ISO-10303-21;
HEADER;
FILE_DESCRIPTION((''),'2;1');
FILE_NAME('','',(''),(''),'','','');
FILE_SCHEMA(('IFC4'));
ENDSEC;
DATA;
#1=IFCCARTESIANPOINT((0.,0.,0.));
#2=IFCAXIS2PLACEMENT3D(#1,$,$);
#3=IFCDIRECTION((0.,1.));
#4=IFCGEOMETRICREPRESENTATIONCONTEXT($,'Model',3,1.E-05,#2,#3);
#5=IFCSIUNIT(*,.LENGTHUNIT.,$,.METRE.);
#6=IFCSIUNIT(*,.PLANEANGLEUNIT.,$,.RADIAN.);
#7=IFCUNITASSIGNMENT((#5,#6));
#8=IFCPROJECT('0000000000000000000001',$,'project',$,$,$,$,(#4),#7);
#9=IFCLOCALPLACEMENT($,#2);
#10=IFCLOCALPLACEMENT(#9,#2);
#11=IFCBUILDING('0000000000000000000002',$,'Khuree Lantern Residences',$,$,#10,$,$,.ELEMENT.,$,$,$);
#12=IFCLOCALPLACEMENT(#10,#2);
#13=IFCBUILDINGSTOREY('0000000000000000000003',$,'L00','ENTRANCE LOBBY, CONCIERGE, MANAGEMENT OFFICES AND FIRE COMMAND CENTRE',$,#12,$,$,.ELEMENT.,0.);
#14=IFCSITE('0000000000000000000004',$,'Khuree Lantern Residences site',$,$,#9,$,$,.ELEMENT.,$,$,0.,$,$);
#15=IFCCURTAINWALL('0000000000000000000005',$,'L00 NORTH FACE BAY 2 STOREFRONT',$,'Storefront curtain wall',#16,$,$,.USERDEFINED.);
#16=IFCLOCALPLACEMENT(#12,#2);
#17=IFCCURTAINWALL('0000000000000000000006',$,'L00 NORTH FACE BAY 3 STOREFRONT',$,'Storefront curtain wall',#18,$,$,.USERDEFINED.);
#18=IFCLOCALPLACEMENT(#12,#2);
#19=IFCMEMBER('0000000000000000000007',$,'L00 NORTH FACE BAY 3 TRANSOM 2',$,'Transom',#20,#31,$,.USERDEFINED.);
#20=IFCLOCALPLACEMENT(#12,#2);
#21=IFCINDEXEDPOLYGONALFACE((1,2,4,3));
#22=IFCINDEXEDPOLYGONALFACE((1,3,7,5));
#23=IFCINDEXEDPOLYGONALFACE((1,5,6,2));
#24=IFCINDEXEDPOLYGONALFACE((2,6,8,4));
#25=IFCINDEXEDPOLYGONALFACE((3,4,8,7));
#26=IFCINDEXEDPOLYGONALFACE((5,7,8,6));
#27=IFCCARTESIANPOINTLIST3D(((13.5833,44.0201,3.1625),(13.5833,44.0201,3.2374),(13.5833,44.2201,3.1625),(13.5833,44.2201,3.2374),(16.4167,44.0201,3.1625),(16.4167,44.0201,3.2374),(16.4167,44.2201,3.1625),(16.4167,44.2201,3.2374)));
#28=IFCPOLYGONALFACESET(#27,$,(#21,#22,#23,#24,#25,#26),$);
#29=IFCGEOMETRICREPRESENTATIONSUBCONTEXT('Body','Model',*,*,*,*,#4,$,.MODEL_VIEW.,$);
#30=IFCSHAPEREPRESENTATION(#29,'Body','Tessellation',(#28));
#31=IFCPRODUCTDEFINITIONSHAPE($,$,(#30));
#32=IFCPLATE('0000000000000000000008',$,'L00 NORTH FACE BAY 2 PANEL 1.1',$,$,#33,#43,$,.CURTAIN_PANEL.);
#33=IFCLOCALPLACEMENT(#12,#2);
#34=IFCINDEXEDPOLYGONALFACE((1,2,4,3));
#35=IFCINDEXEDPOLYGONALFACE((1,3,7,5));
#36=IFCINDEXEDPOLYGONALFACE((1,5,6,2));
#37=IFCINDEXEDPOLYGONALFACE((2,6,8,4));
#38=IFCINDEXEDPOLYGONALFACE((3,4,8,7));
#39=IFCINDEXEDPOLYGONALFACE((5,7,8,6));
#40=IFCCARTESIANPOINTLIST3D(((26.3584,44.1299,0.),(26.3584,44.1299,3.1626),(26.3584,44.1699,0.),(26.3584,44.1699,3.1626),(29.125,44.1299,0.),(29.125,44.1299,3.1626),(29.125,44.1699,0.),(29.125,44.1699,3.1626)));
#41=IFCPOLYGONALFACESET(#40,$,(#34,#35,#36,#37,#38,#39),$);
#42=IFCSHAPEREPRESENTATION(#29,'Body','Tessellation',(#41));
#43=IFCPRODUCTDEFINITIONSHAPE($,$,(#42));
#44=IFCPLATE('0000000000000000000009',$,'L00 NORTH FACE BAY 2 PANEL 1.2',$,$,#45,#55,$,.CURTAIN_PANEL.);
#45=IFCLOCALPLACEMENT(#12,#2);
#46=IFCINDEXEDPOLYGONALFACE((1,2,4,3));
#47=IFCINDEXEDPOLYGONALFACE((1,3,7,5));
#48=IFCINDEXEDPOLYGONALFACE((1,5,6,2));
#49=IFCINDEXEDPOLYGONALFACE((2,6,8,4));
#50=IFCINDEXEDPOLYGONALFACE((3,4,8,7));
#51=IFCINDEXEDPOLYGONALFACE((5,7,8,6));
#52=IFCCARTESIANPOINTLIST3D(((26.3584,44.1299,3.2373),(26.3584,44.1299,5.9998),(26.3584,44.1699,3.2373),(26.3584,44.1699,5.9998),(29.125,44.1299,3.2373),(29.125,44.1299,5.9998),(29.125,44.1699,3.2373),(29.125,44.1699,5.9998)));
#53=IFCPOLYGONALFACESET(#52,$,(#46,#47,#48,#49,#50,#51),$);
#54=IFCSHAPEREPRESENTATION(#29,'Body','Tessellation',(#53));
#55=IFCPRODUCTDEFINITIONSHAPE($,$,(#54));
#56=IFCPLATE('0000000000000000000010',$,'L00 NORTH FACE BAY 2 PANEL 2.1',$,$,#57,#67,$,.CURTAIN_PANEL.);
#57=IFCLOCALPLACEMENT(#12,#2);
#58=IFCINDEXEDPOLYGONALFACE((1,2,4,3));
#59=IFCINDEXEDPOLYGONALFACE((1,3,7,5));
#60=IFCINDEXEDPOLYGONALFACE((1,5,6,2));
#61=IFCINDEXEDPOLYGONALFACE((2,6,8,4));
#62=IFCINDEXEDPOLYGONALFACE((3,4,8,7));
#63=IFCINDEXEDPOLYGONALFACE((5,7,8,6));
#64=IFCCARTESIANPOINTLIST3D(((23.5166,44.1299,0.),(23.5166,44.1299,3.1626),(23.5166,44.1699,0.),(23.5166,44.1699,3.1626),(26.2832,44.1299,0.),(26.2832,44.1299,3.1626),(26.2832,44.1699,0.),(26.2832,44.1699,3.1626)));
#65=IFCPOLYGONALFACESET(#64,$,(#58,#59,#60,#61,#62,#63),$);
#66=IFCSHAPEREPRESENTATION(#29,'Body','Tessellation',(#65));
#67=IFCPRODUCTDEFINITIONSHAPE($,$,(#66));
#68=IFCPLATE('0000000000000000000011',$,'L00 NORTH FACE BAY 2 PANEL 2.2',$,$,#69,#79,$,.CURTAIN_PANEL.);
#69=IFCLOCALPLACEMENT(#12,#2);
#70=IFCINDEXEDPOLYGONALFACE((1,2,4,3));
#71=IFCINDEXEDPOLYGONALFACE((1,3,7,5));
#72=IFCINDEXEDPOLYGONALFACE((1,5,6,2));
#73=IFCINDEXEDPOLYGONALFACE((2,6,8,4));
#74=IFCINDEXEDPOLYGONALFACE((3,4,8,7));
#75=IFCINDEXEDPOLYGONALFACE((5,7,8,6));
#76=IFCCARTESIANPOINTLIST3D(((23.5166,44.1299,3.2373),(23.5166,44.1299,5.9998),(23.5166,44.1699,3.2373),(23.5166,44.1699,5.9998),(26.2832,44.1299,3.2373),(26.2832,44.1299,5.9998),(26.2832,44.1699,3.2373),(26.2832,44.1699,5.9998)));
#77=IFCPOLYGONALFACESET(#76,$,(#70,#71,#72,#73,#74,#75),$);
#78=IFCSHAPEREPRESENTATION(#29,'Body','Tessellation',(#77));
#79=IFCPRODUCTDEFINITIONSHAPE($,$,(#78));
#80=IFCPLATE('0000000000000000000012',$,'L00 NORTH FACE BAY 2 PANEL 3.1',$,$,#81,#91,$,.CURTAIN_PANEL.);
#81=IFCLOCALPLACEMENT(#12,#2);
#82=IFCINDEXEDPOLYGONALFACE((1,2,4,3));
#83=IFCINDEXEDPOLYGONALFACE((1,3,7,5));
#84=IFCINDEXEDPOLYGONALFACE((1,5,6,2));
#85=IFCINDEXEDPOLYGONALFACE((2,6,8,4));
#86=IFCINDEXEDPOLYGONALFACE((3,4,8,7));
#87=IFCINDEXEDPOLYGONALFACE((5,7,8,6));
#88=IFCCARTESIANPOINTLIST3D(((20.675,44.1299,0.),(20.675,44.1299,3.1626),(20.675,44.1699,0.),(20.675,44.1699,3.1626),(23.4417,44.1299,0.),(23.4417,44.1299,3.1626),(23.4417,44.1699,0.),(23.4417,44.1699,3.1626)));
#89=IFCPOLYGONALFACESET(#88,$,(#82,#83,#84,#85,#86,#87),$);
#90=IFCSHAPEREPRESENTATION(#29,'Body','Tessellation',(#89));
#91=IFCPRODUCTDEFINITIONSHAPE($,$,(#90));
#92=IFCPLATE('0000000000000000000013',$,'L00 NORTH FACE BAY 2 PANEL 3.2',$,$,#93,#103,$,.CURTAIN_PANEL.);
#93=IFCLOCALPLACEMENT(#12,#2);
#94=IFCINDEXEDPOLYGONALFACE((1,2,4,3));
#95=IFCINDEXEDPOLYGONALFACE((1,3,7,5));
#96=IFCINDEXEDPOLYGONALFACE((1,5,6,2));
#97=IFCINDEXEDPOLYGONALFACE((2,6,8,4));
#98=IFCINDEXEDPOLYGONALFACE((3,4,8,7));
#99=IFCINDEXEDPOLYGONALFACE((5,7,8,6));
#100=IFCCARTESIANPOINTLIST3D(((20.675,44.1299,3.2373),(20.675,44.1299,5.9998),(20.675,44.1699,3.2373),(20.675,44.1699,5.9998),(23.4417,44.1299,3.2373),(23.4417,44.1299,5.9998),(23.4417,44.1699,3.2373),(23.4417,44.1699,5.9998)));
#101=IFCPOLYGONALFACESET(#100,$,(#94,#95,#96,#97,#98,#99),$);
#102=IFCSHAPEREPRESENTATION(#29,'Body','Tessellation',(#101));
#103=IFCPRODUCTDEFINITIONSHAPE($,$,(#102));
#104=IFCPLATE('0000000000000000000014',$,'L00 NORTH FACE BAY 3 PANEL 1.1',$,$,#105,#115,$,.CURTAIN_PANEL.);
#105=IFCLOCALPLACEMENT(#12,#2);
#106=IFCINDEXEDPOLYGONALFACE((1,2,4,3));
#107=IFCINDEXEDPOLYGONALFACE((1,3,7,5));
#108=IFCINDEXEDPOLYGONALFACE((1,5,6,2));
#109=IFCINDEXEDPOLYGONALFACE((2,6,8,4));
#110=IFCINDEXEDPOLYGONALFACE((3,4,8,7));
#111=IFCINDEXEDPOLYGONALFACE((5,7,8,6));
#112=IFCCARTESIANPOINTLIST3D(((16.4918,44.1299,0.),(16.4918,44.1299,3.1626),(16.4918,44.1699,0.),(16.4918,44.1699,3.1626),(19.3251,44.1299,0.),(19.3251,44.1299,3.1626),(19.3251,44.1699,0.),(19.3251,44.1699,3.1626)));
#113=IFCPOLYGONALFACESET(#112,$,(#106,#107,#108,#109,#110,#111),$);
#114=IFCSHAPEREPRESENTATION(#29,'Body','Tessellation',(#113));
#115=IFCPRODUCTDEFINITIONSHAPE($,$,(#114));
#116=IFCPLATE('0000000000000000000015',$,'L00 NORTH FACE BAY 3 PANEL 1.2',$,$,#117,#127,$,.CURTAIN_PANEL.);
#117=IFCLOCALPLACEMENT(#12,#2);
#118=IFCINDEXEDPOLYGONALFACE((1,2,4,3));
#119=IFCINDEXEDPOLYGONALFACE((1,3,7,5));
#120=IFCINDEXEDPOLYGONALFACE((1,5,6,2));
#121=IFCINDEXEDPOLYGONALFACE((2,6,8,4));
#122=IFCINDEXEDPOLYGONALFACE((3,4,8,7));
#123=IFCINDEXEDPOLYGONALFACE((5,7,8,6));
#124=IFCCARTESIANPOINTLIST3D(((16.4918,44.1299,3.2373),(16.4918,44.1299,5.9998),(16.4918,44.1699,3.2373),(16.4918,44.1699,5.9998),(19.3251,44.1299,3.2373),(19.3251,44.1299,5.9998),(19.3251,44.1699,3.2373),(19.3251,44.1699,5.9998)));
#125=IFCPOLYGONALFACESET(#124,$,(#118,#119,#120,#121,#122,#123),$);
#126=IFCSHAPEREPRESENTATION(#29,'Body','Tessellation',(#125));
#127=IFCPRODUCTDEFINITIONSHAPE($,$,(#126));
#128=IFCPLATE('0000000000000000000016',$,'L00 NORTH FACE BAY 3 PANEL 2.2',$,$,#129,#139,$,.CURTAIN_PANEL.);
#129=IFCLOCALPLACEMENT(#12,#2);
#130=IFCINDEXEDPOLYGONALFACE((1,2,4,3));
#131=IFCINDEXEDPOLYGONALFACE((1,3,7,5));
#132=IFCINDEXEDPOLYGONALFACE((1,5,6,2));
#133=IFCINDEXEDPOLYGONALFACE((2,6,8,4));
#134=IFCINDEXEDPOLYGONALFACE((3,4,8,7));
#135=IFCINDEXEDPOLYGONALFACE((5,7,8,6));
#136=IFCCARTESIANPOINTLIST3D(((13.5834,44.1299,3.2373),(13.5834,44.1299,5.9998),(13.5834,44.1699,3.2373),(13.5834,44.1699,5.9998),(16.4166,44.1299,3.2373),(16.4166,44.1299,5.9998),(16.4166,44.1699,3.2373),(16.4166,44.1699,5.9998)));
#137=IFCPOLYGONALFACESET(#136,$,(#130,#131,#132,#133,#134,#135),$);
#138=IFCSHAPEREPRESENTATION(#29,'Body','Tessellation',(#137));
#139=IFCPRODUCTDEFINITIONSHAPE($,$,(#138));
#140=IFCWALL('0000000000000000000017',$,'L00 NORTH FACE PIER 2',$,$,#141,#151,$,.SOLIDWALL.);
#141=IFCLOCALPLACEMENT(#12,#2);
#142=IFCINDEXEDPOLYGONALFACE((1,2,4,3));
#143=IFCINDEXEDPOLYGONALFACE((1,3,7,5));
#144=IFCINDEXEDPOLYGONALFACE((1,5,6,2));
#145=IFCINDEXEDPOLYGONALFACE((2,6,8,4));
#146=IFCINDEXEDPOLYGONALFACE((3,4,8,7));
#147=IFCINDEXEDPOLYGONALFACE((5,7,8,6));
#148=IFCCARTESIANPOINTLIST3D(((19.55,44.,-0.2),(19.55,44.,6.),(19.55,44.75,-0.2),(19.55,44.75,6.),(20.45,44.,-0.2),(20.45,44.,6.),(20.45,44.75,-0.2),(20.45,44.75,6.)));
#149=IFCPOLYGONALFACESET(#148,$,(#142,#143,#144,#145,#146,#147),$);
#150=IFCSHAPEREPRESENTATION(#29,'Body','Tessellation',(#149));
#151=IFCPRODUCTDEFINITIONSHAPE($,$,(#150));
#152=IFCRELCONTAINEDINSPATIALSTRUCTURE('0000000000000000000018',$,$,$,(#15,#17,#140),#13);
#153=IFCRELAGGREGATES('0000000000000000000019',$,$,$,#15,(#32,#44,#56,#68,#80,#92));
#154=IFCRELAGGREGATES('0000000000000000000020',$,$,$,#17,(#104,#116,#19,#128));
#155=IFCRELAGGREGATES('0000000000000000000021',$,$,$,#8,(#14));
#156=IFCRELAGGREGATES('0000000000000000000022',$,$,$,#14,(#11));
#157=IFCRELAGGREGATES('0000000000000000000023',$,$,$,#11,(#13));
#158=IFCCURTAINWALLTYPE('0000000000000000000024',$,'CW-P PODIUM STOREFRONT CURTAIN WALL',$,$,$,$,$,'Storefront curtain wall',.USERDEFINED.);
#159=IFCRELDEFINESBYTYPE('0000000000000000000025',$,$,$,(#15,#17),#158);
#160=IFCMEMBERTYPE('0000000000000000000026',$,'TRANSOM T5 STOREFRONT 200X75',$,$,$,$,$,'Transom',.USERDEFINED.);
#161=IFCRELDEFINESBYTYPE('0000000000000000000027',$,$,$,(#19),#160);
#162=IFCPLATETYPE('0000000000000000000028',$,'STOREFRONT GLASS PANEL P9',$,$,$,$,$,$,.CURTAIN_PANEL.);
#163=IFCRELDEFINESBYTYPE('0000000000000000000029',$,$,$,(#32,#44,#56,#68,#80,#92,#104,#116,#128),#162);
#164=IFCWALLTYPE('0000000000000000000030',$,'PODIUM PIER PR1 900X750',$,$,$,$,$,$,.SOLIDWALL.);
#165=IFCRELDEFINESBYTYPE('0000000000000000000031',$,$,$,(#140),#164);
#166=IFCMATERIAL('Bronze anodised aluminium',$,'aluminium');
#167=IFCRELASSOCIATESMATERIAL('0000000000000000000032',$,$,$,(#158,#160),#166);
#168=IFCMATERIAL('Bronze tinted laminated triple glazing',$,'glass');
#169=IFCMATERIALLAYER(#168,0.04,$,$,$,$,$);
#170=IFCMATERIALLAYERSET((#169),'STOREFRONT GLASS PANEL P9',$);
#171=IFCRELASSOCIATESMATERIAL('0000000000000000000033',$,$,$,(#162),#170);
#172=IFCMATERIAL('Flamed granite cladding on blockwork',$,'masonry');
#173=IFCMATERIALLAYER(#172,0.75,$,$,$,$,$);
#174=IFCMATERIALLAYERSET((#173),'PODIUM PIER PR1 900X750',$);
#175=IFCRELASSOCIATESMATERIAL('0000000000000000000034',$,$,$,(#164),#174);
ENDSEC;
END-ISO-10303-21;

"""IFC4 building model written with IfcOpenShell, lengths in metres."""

from ifc_helpers import new_model, si_unit, direction, frame, frame_2d, origin, origin_2d, place, context, subcontext, project, spatial, rectangle, extrude, material, layer, layer_set, material_profile, profile_set, type_object, element, aggregate, save


model = new_model("IFC4")

# Units and contexts
model_context = context("Model", 3, precision=1e-05, world=origin(), true_north=direction((0.0, 1.0)))
body_context = subcontext(model_context, "Body", "Model", "MODEL_VIEW")
ifc_project = project(units=[si_unit("LENGTHUNIT", "METRE"), si_unit("PLANEANGLEUNIT", "RADIAN")], contexts=[model_context])

# Site, building, storey
site_placement = place(None, origin())
site = spatial("IfcSite", under=ifc_project, at=site_placement, Name="Khuree Lantern Residences site", CompositionType="ELEMENT", RefElevation=0.0)
building_placement = place(site_placement, origin())
building = spatial("IfcBuilding", under=site, at=building_placement, Name="Khuree Lantern Residences", CompositionType="ELEMENT")
storey_placement = place(building_placement, origin())
storey = spatial("IfcBuildingStorey", under=building, at=storey_placement, Name="L00", Description="ENTRANCE LOBBY, CONCIERGE, MANAGEMENT OFFICES AND FIRE COMMAND CENTRE", CompositionType="ELEMENT", Elevation=0.0)

# Curtain walls
ifc_material_1 = material(Name="Bronze anodised aluminium", Category="aluminium")
curtain_wall_type = type_object("IfcCurtainWallType", Name="CW-P PODIUM STOREFRONT CURTAIN WALL", ElementType="Storefront curtain wall", PredefinedType="USERDEFINED", material=ifc_material_1)
curtain_wall_1_placement = place(storey_placement, origin())
curtain_wall_1 = element("IfcCurtainWall", 1, at=curtain_wall_1_placement, inside=storey, type_object=curtain_wall_type, Name="L00 NORTH FACE BAY 2 STOREFRONT", ObjectType="Storefront curtain wall", PredefinedType="USERDEFINED")
curtain_wall_2_placement = place(storey_placement, origin())
curtain_wall_2 = element("IfcCurtainWall", 2, at=curtain_wall_2_placement, inside=storey, type_object=curtain_wall_type, Name="L00 NORTH FACE BAY 3 STOREFRONT", ObjectType="Storefront curtain wall", PredefinedType="USERDEFINED")

# Member
ifc_material_profile_1 = material_profile(ifc_material_1, rectangle(XDim=0.2, YDim=0.075, at=origin_2d()), Name="T5 200X75")
ifc_profile_set_1 = profile_set([ifc_material_profile_1], Name="Bronze anodised aluminium")
member_type_1 = type_object("IfcMemberType", Name="TRANSOM T5 STOREFRONT 200X75", ElementType="Transom", PredefinedType="USERDEFINED", material=ifc_profile_set_1)
member_1_placement = place(storey_placement, frame((16.4167, 44.1201, 3.2), z_axis=(-1.0, 0.0, 0.0), x_axis=(0.0, -1.0, 0.0)))
member_1 = element("IfcMember", 3, at=member_1_placement, type_object=member_type_1, Name="L00 NORTH FACE BAY 3 TRANSOM 2", ObjectType="Transom", PredefinedType="USERDEFINED", context=body_context, shape_type="SweptSolid", body=[
    extrude(rectangle(XDim=0.2, YDim=0.075, at=origin_2d()), origin(), (0.0, 0.0, 1.0), 2.8335),
])

# Plates
ifc_material_2 = material(Name="Bronze tinted laminated triple glazing", Category="glass")
ifc_layer_1 = layer(ifc_material_2, 0.04)
ifc_layer_set_1 = layer_set([ifc_layer_1], Name="STOREFRONT GLASS PANEL P9")
plate_type = type_object("IfcPlateType", Name="STOREFRONT GLASS PANEL P9", PredefinedType="CURTAIN_PANEL", material=ifc_layer_set_1)
plate_1_placement = place(storey_placement, frame((27.7417, 44.1499, 0.0), z_axis=(0.0, 0.0, 1.0), x_axis=(-1.0, 0.0, 0.0)))
plate_1 = element("IfcPlate", 4, at=plate_1_placement, type_object=plate_type, Name="L00 NORTH FACE BAY 2 PANEL 1.1", PredefinedType="CURTAIN_PANEL", context=body_context, shape_type="SweptSolid", body=[
    extrude(rectangle(XDim=2.7666, YDim=0.04, at=origin_2d()), origin(), (0.0, 0.0, 1.0), 3.1626),
])
plate_2_placement = place(storey_placement, frame((27.7417, 44.1499, 3.2373), z_axis=(0.0, 0.0, 1.0), x_axis=(-1.0, 0.0, 0.0)))
plate_2 = element("IfcPlate", 5, at=plate_2_placement, type_object=plate_type, Name="L00 NORTH FACE BAY 2 PANEL 1.2", PredefinedType="CURTAIN_PANEL", context=body_context, shape_type="SweptSolid", body=[
    extrude(rectangle(XDim=2.7666, YDim=0.04, at=origin_2d()), origin(), (0.0, 0.0, 1.0), 2.7625),
])
plate_3_placement = place(storey_placement, frame((24.8999, 44.1499, 0.0), z_axis=(0.0, 0.0, 1.0), x_axis=(-1.0, 0.0, 0.0)))
plate_3 = element("IfcPlate", 6, at=plate_3_placement, type_object=plate_type, Name="L00 NORTH FACE BAY 2 PANEL 2.1", PredefinedType="CURTAIN_PANEL", context=body_context, shape_type="SweptSolid", body=[
    extrude(rectangle(XDim=2.7666, YDim=0.04, at=origin_2d()), origin(), (0.0, 0.0, 1.0), 3.1626),
])
plate_4_placement = place(storey_placement, frame((24.8999, 44.1499, 3.2373), z_axis=(0.0, 0.0, 1.0), x_axis=(-1.0, 0.0, 0.0)))
plate_4 = element("IfcPlate", 7, at=plate_4_placement, type_object=plate_type, Name="L00 NORTH FACE BAY 2 PANEL 2.2", PredefinedType="CURTAIN_PANEL", context=body_context, shape_type="SweptSolid", body=[
    extrude(rectangle(XDim=2.7666, YDim=0.04, at=origin_2d()), origin(), (0.0, 0.0, 1.0), 2.7625),
])
plate_5_placement = place(storey_placement, frame((22.0583, 44.1499, 0.0), z_axis=(0.0, 0.0, 1.0), x_axis=(-1.0, 0.0, 0.0)))
plate_5 = element("IfcPlate", 8, at=plate_5_placement, type_object=plate_type, Name="L00 NORTH FACE BAY 2 PANEL 3.1", PredefinedType="CURTAIN_PANEL", context=body_context, shape_type="SweptSolid", body=[
    extrude(rectangle(XDim=2.7666, YDim=0.04, at=origin_2d()), origin(), (0.0, 0.0, 1.0), 3.1626),
])
plate_6_placement = place(storey_placement, frame((22.0583, 44.1499, 3.2373), z_axis=(0.0, 0.0, 1.0), x_axis=(-1.0, 0.0, 0.0)))
plate_6 = element("IfcPlate", 9, at=plate_6_placement, type_object=plate_type, Name="L00 NORTH FACE BAY 2 PANEL 3.2", PredefinedType="CURTAIN_PANEL", context=body_context, shape_type="SweptSolid", body=[
    extrude(rectangle(XDim=2.7666, YDim=0.04, at=origin_2d()), origin(), (0.0, 0.0, 1.0), 2.7625),
])
aggregate(curtain_wall_1, [plate_1, plate_2, plate_3, plate_4, plate_5, plate_6])
plate_7_placement = place(storey_placement, frame((17.9084, 44.1499, 0.0), z_axis=(0.0, 0.0, 1.0), x_axis=(-1.0, 0.0, 0.0)))
plate_7 = element("IfcPlate", 10, at=plate_7_placement, type_object=plate_type, Name="L00 NORTH FACE BAY 3 PANEL 1.1", PredefinedType="CURTAIN_PANEL", context=body_context, shape_type="SweptSolid", body=[
    extrude(rectangle(XDim=2.8333, YDim=0.04, at=origin_2d()), origin(), (0.0, 0.0, 1.0), 3.1626),
])
plate_8_placement = place(storey_placement, frame((17.9084, 44.1499, 3.2373), z_axis=(0.0, 0.0, 1.0), x_axis=(-1.0, 0.0, 0.0)))
plate_8 = element("IfcPlate", 11, at=plate_8_placement, type_object=plate_type, Name="L00 NORTH FACE BAY 3 PANEL 1.2", PredefinedType="CURTAIN_PANEL", context=body_context, shape_type="SweptSolid", body=[
    extrude(rectangle(XDim=2.8333, YDim=0.04, at=origin_2d()), origin(), (0.0, 0.0, 1.0), 2.7625),
])
plate_9_placement = place(storey_placement, frame((15.0, 44.1499, 3.2373), z_axis=(0.0, 0.0, 1.0), x_axis=(-1.0, 0.0, 0.0)))
plate_9 = element("IfcPlate", 12, at=plate_9_placement, type_object=plate_type, Name="L00 NORTH FACE BAY 3 PANEL 2.2", PredefinedType="CURTAIN_PANEL", context=body_context, shape_type="SweptSolid", body=[
    extrude(rectangle(XDim=2.8333, YDim=0.04, at=origin_2d()), origin(), (0.0, 0.0, 1.0), 2.7625),
])
aggregate(curtain_wall_2, [plate_7, plate_8, member_1, plate_9])

# Wall
ifc_material_3 = material(Name="Flamed granite cladding on blockwork", Category="masonry")
ifc_layer_2 = layer(ifc_material_3, 0.75)
ifc_layer_set_2 = layer_set([ifc_layer_2], Name="PODIUM PIER PR1 900X750")
wall_type = type_object("IfcWallType", Name="PODIUM PIER PR1 900X750", PredefinedType="SOLIDWALL", material=ifc_layer_set_2)
wall_placement = place(storey_placement, frame((20.45, 44.375, -0.2), z_axis=(0.0, 0.0, 1.0), x_axis=(-1.0, 0.0, 0.0)))
element("IfcWall", 13, at=wall_placement, inside=storey, type_object=wall_type, Name="L00 NORTH FACE PIER 2", PredefinedType="SOLIDWALL", context=body_context, shape_type="SweptSolid", body=[
    extrude(rectangle(XDim=0.8999, YDim=0.75, at=frame_2d((0.45, 0.0))), origin(), (0.0, 0.0, 1.0), 6.2),
])

save(model, "model.ifc")
